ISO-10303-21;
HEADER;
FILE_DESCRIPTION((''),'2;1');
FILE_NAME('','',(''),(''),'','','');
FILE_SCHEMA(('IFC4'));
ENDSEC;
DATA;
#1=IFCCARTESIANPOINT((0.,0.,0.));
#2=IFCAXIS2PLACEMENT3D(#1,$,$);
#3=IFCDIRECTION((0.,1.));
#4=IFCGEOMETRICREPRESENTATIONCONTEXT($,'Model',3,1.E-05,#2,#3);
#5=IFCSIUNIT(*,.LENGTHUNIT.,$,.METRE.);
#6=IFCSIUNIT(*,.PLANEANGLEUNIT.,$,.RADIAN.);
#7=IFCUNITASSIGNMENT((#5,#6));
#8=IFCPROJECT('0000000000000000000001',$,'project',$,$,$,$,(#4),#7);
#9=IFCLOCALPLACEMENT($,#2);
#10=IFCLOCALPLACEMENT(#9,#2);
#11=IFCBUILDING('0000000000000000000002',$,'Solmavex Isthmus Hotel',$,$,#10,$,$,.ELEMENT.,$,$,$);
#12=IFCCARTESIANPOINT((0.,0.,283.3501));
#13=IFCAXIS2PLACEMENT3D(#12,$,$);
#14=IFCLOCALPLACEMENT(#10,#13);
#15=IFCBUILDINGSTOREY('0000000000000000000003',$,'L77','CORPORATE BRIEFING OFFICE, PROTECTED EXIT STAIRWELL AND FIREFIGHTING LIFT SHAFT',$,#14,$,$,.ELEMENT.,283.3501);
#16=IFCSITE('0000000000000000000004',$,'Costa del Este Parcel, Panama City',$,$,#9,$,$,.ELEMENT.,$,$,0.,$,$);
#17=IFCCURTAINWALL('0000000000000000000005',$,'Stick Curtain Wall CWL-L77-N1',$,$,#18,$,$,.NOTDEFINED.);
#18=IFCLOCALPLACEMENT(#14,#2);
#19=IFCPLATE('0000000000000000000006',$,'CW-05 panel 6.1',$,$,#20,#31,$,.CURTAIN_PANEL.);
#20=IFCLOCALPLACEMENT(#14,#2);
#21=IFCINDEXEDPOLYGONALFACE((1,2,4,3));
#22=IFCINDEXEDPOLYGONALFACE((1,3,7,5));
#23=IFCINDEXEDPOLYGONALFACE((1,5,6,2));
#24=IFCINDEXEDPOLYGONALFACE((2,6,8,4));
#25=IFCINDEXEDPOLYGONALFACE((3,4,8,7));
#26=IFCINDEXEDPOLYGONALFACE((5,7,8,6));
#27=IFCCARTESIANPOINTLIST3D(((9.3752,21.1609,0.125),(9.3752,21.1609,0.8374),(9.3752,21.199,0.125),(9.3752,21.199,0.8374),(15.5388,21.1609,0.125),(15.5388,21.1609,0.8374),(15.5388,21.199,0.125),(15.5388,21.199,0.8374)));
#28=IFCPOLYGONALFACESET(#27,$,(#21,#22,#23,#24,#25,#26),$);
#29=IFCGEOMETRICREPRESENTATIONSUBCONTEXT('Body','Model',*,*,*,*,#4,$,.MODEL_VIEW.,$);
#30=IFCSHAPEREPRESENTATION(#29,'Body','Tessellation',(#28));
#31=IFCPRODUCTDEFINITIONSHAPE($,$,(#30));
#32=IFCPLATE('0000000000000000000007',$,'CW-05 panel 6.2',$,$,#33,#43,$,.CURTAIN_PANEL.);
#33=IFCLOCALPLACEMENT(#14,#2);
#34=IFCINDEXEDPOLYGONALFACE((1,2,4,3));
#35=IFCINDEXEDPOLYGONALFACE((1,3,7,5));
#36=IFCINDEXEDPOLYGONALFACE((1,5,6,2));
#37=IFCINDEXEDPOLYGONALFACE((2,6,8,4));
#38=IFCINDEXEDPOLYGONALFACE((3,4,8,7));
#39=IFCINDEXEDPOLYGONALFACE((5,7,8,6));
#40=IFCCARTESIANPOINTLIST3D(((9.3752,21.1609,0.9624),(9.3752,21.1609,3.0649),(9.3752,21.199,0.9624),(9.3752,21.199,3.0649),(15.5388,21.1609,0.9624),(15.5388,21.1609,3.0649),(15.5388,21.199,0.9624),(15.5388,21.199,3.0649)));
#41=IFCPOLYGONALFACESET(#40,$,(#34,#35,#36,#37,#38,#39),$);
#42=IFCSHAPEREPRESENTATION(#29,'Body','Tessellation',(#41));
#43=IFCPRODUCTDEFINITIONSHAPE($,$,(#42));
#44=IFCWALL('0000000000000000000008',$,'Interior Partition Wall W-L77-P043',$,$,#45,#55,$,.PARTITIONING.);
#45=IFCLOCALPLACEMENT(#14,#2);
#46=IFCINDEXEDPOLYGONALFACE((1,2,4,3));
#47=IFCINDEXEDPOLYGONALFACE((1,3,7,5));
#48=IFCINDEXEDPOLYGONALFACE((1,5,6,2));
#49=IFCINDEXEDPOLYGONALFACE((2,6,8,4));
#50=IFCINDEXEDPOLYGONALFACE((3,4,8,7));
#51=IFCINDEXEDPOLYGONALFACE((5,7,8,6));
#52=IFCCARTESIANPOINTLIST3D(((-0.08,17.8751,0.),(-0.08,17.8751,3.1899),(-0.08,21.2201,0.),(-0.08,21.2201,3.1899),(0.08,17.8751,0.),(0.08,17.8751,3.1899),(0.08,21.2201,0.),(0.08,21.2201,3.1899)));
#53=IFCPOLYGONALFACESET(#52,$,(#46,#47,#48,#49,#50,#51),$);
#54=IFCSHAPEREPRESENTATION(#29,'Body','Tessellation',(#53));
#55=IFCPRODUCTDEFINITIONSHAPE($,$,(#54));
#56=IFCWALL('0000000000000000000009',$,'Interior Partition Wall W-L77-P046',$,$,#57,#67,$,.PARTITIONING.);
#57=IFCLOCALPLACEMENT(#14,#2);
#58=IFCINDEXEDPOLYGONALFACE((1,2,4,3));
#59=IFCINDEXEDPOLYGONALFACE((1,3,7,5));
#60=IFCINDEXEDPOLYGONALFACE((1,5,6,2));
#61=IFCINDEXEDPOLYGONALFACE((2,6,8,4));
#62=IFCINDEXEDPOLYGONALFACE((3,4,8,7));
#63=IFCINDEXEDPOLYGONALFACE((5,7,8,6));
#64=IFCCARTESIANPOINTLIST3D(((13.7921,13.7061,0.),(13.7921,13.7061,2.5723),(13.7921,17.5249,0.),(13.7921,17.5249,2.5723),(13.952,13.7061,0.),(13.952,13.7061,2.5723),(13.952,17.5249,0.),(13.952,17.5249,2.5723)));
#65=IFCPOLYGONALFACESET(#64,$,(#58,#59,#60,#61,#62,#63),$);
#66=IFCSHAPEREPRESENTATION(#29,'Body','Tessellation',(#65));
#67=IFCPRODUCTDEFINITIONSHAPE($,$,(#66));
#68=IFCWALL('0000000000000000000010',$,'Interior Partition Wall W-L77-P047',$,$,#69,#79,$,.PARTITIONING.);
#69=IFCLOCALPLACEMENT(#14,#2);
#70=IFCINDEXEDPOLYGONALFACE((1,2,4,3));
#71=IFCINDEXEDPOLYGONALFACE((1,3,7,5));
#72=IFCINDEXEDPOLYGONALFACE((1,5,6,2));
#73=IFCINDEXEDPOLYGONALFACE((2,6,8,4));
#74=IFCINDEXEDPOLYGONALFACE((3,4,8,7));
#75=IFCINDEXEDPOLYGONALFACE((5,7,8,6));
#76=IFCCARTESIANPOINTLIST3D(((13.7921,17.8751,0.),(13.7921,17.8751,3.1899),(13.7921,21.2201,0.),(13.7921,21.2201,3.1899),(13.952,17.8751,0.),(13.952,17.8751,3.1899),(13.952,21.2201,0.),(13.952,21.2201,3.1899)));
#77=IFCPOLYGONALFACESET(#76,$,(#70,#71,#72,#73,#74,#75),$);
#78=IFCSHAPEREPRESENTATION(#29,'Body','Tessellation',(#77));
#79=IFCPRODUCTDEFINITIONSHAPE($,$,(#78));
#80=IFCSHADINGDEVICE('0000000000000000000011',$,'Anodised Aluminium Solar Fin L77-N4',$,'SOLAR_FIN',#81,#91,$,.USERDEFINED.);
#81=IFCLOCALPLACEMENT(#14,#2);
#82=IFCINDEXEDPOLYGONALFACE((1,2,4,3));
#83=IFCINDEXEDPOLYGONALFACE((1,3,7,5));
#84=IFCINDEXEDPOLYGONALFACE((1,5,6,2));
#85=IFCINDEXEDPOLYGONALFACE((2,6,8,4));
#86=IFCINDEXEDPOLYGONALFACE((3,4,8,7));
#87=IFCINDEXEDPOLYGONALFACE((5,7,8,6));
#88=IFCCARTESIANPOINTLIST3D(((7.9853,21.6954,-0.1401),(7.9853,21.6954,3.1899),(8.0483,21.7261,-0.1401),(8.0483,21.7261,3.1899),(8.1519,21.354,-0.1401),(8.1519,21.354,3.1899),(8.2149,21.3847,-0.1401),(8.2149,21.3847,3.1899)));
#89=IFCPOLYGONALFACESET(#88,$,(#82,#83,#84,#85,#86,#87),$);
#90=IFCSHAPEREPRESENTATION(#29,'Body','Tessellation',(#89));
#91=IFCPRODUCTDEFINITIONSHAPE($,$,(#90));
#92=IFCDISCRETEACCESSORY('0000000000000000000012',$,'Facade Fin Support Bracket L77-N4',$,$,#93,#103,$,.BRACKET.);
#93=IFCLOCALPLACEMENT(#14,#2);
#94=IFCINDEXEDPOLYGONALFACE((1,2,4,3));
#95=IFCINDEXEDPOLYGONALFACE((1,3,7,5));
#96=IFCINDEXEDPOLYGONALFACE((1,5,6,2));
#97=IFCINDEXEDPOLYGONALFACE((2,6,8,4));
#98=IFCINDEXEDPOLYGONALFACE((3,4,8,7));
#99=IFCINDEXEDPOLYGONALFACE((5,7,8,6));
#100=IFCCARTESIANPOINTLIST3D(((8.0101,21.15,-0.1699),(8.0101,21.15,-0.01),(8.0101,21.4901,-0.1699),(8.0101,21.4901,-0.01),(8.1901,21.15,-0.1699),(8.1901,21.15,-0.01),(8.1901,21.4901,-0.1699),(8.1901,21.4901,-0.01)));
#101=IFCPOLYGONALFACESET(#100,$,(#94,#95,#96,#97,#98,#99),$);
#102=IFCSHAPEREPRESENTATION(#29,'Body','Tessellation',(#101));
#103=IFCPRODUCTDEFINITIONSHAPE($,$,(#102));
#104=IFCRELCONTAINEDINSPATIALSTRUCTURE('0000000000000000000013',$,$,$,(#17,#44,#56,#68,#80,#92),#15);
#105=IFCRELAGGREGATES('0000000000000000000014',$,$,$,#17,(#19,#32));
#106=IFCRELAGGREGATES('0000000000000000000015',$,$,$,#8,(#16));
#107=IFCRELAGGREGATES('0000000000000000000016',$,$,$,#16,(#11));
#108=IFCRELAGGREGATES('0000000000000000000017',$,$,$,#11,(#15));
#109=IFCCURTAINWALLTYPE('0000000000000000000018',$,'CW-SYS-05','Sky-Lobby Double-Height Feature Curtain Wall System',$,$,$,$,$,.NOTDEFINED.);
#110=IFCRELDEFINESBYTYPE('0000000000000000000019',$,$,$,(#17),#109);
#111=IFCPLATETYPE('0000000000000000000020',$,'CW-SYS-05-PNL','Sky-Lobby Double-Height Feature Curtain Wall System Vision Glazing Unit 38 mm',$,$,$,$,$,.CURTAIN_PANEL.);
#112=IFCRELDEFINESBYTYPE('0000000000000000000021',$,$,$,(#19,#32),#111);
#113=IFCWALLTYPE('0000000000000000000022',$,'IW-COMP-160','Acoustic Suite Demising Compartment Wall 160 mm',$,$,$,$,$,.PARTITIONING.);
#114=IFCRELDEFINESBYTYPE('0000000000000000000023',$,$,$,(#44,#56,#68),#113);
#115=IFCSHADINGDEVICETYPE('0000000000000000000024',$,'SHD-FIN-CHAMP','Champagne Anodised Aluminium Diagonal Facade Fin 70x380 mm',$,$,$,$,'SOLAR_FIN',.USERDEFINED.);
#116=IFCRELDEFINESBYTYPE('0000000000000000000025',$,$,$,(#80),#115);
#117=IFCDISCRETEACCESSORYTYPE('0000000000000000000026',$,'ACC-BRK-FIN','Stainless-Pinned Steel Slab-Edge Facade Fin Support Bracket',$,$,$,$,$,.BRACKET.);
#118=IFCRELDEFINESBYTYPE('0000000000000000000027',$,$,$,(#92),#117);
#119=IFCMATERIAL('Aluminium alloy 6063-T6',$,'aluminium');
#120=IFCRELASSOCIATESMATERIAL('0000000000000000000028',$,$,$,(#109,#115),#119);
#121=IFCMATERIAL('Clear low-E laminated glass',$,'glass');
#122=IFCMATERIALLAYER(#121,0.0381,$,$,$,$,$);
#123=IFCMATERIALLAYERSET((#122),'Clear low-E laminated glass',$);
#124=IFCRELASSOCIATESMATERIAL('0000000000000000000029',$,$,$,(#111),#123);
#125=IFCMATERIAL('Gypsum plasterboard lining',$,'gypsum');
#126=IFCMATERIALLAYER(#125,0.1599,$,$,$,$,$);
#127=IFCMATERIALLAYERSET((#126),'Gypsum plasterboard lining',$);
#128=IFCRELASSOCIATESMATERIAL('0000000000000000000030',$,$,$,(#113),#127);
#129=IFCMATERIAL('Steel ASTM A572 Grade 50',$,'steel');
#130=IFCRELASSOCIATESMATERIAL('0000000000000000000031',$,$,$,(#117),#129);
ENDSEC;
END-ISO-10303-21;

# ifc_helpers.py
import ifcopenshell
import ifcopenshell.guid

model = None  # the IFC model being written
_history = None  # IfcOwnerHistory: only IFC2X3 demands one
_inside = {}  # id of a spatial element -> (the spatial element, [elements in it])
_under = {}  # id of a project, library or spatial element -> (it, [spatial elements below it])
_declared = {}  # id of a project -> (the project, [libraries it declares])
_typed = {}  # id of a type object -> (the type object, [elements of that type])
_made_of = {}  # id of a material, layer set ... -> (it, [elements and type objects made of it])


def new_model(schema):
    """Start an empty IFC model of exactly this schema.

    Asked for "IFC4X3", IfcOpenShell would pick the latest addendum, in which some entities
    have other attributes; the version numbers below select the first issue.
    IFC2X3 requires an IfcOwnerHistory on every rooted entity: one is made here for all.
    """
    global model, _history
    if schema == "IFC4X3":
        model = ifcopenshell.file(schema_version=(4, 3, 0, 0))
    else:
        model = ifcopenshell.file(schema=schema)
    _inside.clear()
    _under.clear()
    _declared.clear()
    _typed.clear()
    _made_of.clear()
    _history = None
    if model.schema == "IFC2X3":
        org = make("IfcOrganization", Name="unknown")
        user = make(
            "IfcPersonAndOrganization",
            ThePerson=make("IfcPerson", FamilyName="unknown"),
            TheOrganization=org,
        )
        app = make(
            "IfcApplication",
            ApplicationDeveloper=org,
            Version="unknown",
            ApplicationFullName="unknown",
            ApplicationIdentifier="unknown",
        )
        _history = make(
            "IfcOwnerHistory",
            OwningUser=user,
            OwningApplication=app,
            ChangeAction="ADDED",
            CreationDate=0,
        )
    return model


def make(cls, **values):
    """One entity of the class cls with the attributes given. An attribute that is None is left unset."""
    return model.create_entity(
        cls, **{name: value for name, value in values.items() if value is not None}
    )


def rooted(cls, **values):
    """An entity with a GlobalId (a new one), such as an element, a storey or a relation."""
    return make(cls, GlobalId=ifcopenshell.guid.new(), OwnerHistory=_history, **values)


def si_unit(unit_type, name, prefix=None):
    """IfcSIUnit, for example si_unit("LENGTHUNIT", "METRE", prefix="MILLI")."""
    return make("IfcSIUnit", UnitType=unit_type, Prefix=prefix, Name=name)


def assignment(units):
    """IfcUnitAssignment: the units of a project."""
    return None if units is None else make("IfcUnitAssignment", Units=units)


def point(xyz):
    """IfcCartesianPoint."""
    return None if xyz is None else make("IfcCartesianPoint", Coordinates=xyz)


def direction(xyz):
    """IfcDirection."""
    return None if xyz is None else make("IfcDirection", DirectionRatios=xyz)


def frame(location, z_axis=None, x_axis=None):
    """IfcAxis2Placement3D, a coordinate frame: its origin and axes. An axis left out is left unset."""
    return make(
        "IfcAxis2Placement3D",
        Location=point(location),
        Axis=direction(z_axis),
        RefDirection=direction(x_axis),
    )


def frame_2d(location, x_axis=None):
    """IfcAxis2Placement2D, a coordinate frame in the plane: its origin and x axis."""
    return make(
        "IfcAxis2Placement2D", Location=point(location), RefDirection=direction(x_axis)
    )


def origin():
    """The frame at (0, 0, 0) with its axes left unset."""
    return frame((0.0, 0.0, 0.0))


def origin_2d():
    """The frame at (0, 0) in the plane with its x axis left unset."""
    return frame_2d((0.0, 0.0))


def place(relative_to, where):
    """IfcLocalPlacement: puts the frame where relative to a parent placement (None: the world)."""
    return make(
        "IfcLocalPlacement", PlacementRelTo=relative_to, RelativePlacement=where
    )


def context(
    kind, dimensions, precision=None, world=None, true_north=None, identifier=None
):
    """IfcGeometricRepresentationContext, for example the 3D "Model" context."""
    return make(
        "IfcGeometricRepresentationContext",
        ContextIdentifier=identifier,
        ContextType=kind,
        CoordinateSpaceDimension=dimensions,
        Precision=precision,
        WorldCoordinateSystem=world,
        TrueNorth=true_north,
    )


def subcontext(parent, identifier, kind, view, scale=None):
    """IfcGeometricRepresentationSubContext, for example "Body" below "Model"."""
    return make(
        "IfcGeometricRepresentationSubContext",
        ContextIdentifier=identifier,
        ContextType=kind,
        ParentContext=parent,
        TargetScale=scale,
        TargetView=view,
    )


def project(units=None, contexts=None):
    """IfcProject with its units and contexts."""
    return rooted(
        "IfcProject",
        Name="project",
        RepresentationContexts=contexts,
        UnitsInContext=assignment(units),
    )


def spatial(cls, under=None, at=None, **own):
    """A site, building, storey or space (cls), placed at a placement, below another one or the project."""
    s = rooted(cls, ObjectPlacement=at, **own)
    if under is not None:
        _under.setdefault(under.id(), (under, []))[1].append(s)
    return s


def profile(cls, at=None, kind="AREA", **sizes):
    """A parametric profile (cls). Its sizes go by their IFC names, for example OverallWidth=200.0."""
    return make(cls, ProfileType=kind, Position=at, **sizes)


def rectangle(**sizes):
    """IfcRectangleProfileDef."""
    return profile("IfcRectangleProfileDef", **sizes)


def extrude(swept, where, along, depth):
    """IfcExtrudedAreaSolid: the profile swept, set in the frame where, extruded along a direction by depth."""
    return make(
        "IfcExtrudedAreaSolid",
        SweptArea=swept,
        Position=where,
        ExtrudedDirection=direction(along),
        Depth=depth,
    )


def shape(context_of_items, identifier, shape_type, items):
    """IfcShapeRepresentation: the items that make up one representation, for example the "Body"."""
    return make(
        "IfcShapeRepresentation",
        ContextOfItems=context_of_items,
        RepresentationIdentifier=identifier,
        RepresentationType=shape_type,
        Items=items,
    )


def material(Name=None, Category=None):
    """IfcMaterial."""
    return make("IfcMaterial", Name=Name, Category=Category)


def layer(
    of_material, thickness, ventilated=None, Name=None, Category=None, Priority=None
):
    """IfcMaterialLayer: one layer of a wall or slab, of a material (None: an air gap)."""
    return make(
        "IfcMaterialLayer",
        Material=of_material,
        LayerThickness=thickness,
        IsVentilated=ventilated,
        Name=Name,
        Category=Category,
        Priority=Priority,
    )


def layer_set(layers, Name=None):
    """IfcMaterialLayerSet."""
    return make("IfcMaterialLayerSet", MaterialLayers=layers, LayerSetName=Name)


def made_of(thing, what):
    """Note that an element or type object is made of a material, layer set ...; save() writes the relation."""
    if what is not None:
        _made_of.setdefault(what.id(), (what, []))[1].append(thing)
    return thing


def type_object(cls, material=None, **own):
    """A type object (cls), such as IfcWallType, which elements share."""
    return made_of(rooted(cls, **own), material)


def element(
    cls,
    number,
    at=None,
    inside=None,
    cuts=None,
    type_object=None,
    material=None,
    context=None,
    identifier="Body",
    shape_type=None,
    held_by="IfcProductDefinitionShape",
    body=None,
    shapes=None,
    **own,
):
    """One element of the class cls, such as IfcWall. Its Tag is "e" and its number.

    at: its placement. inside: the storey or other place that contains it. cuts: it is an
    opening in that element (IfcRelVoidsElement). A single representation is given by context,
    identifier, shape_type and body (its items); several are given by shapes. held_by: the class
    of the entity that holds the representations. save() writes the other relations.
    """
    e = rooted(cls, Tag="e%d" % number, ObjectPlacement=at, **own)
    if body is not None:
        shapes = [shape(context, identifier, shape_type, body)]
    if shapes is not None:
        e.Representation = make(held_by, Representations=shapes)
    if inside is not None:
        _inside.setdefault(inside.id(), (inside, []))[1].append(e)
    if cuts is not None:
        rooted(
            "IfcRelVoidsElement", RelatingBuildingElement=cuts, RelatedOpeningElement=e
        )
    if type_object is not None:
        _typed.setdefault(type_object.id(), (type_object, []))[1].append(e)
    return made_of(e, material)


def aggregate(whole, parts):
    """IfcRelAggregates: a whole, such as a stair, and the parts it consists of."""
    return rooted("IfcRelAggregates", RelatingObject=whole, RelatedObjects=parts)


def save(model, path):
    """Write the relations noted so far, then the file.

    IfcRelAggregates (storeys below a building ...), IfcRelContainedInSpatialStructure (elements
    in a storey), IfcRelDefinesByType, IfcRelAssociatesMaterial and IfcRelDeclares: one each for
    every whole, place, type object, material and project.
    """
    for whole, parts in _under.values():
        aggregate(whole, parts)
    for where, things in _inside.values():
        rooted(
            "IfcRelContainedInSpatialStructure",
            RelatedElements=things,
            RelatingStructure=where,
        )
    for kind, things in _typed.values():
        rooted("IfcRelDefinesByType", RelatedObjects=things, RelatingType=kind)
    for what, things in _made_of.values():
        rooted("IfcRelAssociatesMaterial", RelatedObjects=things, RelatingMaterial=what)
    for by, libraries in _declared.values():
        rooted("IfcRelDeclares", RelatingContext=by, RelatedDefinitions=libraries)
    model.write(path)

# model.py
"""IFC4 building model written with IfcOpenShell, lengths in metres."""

from ifc_helpers import new_model, si_unit, direction, frame, frame_2d, origin, origin_2d, place, context, subcontext, project, spatial, rectangle, extrude, material, layer, layer_set, type_object, element, aggregate, save


model = new_model("IFC4")

# Units and contexts
model_context = context("Model", 3, precision=1e-05, world=origin(), true_north=direction((0.0, 1.0)))
body_context = subcontext(model_context, "Body", "Model", "MODEL_VIEW")
ifc_project = project(units=[si_unit("LENGTHUNIT", "METRE"), si_unit("PLANEANGLEUNIT", "RADIAN")], contexts=[model_context])

# Site, building, storey
site_placement = place(None, origin())
site = spatial("IfcSite", under=ifc_project, at=site_placement, Name="Costa del Este Parcel, Panama City", CompositionType="ELEMENT", RefElevation=0.0)
building_placement = place(site_placement, origin())
building = spatial("IfcBuilding", under=site, at=building_placement, Name="Solmavex Isthmus Hotel", CompositionType="ELEMENT")
storey_placement = place(building_placement, frame((0.0, 0.0, 283.3501)))
storey = spatial("IfcBuildingStorey", under=building, at=storey_placement, Name="L77", Description="CORPORATE BRIEFING OFFICE, PROTECTED EXIT STAIRWELL AND FIREFIGHTING LIFT SHAFT", CompositionType="ELEMENT", Elevation=283.3501)

# Curtain wall, plates
ifc_material_1 = material(Name="Aluminium alloy 6063-T6", Category="aluminium")
curtain_wall_type = type_object("IfcCurtainWallType", Name="CW-SYS-05", Description="Sky-Lobby Double-Height Feature Curtain Wall System", PredefinedType="NOTDEFINED", material=ifc_material_1)
curtain_wall_placement = place(storey_placement, origin())
curtain_wall = element("IfcCurtainWall", 1, at=curtain_wall_placement, inside=storey, type_object=curtain_wall_type, Name="Stick Curtain Wall CWL-L77-N1", PredefinedType="NOTDEFINED")
ifc_material_2 = material(Name="Clear low-E laminated glass", Category="glass")
ifc_layer_1 = layer(ifc_material_2, 0.0381)
ifc_layer_set_1 = layer_set([ifc_layer_1], Name="Clear low-E laminated glass")
plate_type = type_object("IfcPlateType", Name="CW-SYS-05-PNL", Description="Sky-Lobby Double-Height Feature Curtain Wall System Vision Glazing Unit 38 mm", PredefinedType="CURTAIN_PANEL", material=ifc_layer_set_1)
plate_1_placement = place(storey_placement, frame((12.457, 21.1799, 0.125), z_axis=(0.0, 0.0, 1.0), x_axis=(1.0, 0.0, 0.0)))
plate_1 = element("IfcPlate", 2, at=plate_1_placement, type_object=plate_type, Name="CW-05 panel 6.1", PredefinedType="CURTAIN_PANEL", context=body_context, shape_type="SweptSolid", body=[
    extrude(rectangle(XDim=6.1636, YDim=0.0381, at=origin_2d()), origin(), (0.0, 0.0, 1.0), 0.7124),
])
plate_2_placement = place(storey_placement, frame((12.457, 21.1799, 0.9624), z_axis=(0.0, 0.0, 1.0), x_axis=(1.0, 0.0, 0.0)))
plate_2 = element("IfcPlate", 3, at=plate_2_placement, type_object=plate_type, Name="CW-05 panel 6.2", PredefinedType="CURTAIN_PANEL", context=body_context, shape_type="SweptSolid", body=[
    extrude(rectangle(XDim=6.1636, YDim=0.0381, at=origin_2d()), origin(), (0.0, 0.0, 1.0), 2.1025),
])
aggregate(curtain_wall, [plate_1, plate_2])

# Walls
ifc_material_3 = material(Name="Gypsum plasterboard lining", Category="gypsum")
ifc_layer_2 = layer(ifc_material_3, 0.1599)
ifc_layer_set_2 = layer_set([ifc_layer_2], Name="Gypsum plasterboard lining")
wall_type = type_object("IfcWallType", Name="IW-COMP-160", Description="Acoustic Suite Demising Compartment Wall 160 mm", PredefinedType="PARTITIONING", material=ifc_layer_set_2)
wall_1_placement = place(storey_placement, frame((0.0, 21.22, 0.0), z_axis=(0.0, 0.0, 1.0), x_axis=(0.0, -1.0, 0.0)))
element("IfcWall", 4, at=wall_1_placement, inside=storey, type_object=wall_type, Name="Interior Partition Wall W-L77-P043", PredefinedType="PARTITIONING", context=body_context, shape_type="SweptSolid", body=[
    extrude(rectangle(XDim=3.345, YDim=0.1599, at=frame_2d((1.6724, 0.0))), origin(), (0.0, 0.0, 1.0), 3.1899),
])
wall_2_placement = place(storey_placement, frame((13.8721, 17.5249, 0.0), z_axis=(0.0, 0.0, 1.0), x_axis=(0.0, -1.0, 0.0)))
element("IfcWall", 5, at=wall_2_placement, inside=storey, type_object=wall_type, Name="Interior Partition Wall W-L77-P046", PredefinedType="PARTITIONING", context=body_context, shape_type="SweptSolid", body=[
    extrude(rectangle(XDim=3.8188, YDim=0.1599, at=frame_2d((1.9094, 0.0))), origin(), (0.0, 0.0, 1.0), 2.5723),
])
wall_3_placement = place(storey_placement, frame((13.8721, 21.22, 0.0), z_axis=(0.0, 0.0, 1.0), x_axis=(0.0, -1.0, 0.0)))
element("IfcWall", 6, at=wall_3_placement, inside=storey, type_object=wall_type, Name="Interior Partition Wall W-L77-P047", PredefinedType="PARTITIONING", context=body_context, shape_type="SweptSolid", body=[
    extrude(rectangle(XDim=3.345, YDim=0.1599, at=frame_2d((1.6724, 0.0))), origin(), (0.0, 0.0, 1.0), 3.1899),
])

# Shading device
shading_device_type = type_object("IfcShadingDeviceType", Name="SHD-FIN-CHAMP", Description="Champagne Anodised Aluminium Diagonal Facade Fin 70x380 mm", ElementType="SOLAR_FIN", PredefinedType="USERDEFINED", material=ifc_material_1)
shading_device_placement = place(storey_placement, frame((8.1001, 21.54, -0.1401), z_axis=(0.0, 0.0, 1.0), x_axis=(-0.438371, 0.898794, 0.0)))
element("IfcShadingDevice", 7, at=shading_device_placement, inside=storey, type_object=shading_device_type, Name="Anodised Aluminium Solar Fin L77-N4", ObjectType="SOLAR_FIN", PredefinedType="USERDEFINED", context=body_context, shape_type="SweptSolid", body=[
    extrude(rectangle(XDim=0.3799, YDim=0.0701, at=origin_2d()), origin(), (0.0, 0.0, 1.0), 3.3301),
])

# Discrete accessory
ifc_material_4 = material(Name="Steel ASTM A572 Grade 50", Category="steel")
discrete_accessory_type = type_object("IfcDiscreteAccessoryType", Name="ACC-BRK-FIN", Description="Stainless-Pinned Steel Slab-Edge Facade Fin Support Bracket", PredefinedType="BRACKET", material=ifc_material_4)
discrete_accessory_placement = place(storey_placement, frame((8.1001, 21.3201, -0.1699), z_axis=(0.0, 0.0, 1.0), x_axis=(0.0, 1.0, 0.0)))
element("IfcDiscreteAccessory", 8, at=discrete_accessory_placement, inside=storey, type_object=discrete_accessory_type, Name="Facade Fin Support Bracket L77-N4", PredefinedType="BRACKET", context=body_context, shape_type="SweptSolid", body=[
    extrude(rectangle(XDim=0.3401, YDim=0.1799, at=origin_2d()), origin(), (0.0, 0.0, 1.0), 0.1599),
])

save(model, "model.ifc")
